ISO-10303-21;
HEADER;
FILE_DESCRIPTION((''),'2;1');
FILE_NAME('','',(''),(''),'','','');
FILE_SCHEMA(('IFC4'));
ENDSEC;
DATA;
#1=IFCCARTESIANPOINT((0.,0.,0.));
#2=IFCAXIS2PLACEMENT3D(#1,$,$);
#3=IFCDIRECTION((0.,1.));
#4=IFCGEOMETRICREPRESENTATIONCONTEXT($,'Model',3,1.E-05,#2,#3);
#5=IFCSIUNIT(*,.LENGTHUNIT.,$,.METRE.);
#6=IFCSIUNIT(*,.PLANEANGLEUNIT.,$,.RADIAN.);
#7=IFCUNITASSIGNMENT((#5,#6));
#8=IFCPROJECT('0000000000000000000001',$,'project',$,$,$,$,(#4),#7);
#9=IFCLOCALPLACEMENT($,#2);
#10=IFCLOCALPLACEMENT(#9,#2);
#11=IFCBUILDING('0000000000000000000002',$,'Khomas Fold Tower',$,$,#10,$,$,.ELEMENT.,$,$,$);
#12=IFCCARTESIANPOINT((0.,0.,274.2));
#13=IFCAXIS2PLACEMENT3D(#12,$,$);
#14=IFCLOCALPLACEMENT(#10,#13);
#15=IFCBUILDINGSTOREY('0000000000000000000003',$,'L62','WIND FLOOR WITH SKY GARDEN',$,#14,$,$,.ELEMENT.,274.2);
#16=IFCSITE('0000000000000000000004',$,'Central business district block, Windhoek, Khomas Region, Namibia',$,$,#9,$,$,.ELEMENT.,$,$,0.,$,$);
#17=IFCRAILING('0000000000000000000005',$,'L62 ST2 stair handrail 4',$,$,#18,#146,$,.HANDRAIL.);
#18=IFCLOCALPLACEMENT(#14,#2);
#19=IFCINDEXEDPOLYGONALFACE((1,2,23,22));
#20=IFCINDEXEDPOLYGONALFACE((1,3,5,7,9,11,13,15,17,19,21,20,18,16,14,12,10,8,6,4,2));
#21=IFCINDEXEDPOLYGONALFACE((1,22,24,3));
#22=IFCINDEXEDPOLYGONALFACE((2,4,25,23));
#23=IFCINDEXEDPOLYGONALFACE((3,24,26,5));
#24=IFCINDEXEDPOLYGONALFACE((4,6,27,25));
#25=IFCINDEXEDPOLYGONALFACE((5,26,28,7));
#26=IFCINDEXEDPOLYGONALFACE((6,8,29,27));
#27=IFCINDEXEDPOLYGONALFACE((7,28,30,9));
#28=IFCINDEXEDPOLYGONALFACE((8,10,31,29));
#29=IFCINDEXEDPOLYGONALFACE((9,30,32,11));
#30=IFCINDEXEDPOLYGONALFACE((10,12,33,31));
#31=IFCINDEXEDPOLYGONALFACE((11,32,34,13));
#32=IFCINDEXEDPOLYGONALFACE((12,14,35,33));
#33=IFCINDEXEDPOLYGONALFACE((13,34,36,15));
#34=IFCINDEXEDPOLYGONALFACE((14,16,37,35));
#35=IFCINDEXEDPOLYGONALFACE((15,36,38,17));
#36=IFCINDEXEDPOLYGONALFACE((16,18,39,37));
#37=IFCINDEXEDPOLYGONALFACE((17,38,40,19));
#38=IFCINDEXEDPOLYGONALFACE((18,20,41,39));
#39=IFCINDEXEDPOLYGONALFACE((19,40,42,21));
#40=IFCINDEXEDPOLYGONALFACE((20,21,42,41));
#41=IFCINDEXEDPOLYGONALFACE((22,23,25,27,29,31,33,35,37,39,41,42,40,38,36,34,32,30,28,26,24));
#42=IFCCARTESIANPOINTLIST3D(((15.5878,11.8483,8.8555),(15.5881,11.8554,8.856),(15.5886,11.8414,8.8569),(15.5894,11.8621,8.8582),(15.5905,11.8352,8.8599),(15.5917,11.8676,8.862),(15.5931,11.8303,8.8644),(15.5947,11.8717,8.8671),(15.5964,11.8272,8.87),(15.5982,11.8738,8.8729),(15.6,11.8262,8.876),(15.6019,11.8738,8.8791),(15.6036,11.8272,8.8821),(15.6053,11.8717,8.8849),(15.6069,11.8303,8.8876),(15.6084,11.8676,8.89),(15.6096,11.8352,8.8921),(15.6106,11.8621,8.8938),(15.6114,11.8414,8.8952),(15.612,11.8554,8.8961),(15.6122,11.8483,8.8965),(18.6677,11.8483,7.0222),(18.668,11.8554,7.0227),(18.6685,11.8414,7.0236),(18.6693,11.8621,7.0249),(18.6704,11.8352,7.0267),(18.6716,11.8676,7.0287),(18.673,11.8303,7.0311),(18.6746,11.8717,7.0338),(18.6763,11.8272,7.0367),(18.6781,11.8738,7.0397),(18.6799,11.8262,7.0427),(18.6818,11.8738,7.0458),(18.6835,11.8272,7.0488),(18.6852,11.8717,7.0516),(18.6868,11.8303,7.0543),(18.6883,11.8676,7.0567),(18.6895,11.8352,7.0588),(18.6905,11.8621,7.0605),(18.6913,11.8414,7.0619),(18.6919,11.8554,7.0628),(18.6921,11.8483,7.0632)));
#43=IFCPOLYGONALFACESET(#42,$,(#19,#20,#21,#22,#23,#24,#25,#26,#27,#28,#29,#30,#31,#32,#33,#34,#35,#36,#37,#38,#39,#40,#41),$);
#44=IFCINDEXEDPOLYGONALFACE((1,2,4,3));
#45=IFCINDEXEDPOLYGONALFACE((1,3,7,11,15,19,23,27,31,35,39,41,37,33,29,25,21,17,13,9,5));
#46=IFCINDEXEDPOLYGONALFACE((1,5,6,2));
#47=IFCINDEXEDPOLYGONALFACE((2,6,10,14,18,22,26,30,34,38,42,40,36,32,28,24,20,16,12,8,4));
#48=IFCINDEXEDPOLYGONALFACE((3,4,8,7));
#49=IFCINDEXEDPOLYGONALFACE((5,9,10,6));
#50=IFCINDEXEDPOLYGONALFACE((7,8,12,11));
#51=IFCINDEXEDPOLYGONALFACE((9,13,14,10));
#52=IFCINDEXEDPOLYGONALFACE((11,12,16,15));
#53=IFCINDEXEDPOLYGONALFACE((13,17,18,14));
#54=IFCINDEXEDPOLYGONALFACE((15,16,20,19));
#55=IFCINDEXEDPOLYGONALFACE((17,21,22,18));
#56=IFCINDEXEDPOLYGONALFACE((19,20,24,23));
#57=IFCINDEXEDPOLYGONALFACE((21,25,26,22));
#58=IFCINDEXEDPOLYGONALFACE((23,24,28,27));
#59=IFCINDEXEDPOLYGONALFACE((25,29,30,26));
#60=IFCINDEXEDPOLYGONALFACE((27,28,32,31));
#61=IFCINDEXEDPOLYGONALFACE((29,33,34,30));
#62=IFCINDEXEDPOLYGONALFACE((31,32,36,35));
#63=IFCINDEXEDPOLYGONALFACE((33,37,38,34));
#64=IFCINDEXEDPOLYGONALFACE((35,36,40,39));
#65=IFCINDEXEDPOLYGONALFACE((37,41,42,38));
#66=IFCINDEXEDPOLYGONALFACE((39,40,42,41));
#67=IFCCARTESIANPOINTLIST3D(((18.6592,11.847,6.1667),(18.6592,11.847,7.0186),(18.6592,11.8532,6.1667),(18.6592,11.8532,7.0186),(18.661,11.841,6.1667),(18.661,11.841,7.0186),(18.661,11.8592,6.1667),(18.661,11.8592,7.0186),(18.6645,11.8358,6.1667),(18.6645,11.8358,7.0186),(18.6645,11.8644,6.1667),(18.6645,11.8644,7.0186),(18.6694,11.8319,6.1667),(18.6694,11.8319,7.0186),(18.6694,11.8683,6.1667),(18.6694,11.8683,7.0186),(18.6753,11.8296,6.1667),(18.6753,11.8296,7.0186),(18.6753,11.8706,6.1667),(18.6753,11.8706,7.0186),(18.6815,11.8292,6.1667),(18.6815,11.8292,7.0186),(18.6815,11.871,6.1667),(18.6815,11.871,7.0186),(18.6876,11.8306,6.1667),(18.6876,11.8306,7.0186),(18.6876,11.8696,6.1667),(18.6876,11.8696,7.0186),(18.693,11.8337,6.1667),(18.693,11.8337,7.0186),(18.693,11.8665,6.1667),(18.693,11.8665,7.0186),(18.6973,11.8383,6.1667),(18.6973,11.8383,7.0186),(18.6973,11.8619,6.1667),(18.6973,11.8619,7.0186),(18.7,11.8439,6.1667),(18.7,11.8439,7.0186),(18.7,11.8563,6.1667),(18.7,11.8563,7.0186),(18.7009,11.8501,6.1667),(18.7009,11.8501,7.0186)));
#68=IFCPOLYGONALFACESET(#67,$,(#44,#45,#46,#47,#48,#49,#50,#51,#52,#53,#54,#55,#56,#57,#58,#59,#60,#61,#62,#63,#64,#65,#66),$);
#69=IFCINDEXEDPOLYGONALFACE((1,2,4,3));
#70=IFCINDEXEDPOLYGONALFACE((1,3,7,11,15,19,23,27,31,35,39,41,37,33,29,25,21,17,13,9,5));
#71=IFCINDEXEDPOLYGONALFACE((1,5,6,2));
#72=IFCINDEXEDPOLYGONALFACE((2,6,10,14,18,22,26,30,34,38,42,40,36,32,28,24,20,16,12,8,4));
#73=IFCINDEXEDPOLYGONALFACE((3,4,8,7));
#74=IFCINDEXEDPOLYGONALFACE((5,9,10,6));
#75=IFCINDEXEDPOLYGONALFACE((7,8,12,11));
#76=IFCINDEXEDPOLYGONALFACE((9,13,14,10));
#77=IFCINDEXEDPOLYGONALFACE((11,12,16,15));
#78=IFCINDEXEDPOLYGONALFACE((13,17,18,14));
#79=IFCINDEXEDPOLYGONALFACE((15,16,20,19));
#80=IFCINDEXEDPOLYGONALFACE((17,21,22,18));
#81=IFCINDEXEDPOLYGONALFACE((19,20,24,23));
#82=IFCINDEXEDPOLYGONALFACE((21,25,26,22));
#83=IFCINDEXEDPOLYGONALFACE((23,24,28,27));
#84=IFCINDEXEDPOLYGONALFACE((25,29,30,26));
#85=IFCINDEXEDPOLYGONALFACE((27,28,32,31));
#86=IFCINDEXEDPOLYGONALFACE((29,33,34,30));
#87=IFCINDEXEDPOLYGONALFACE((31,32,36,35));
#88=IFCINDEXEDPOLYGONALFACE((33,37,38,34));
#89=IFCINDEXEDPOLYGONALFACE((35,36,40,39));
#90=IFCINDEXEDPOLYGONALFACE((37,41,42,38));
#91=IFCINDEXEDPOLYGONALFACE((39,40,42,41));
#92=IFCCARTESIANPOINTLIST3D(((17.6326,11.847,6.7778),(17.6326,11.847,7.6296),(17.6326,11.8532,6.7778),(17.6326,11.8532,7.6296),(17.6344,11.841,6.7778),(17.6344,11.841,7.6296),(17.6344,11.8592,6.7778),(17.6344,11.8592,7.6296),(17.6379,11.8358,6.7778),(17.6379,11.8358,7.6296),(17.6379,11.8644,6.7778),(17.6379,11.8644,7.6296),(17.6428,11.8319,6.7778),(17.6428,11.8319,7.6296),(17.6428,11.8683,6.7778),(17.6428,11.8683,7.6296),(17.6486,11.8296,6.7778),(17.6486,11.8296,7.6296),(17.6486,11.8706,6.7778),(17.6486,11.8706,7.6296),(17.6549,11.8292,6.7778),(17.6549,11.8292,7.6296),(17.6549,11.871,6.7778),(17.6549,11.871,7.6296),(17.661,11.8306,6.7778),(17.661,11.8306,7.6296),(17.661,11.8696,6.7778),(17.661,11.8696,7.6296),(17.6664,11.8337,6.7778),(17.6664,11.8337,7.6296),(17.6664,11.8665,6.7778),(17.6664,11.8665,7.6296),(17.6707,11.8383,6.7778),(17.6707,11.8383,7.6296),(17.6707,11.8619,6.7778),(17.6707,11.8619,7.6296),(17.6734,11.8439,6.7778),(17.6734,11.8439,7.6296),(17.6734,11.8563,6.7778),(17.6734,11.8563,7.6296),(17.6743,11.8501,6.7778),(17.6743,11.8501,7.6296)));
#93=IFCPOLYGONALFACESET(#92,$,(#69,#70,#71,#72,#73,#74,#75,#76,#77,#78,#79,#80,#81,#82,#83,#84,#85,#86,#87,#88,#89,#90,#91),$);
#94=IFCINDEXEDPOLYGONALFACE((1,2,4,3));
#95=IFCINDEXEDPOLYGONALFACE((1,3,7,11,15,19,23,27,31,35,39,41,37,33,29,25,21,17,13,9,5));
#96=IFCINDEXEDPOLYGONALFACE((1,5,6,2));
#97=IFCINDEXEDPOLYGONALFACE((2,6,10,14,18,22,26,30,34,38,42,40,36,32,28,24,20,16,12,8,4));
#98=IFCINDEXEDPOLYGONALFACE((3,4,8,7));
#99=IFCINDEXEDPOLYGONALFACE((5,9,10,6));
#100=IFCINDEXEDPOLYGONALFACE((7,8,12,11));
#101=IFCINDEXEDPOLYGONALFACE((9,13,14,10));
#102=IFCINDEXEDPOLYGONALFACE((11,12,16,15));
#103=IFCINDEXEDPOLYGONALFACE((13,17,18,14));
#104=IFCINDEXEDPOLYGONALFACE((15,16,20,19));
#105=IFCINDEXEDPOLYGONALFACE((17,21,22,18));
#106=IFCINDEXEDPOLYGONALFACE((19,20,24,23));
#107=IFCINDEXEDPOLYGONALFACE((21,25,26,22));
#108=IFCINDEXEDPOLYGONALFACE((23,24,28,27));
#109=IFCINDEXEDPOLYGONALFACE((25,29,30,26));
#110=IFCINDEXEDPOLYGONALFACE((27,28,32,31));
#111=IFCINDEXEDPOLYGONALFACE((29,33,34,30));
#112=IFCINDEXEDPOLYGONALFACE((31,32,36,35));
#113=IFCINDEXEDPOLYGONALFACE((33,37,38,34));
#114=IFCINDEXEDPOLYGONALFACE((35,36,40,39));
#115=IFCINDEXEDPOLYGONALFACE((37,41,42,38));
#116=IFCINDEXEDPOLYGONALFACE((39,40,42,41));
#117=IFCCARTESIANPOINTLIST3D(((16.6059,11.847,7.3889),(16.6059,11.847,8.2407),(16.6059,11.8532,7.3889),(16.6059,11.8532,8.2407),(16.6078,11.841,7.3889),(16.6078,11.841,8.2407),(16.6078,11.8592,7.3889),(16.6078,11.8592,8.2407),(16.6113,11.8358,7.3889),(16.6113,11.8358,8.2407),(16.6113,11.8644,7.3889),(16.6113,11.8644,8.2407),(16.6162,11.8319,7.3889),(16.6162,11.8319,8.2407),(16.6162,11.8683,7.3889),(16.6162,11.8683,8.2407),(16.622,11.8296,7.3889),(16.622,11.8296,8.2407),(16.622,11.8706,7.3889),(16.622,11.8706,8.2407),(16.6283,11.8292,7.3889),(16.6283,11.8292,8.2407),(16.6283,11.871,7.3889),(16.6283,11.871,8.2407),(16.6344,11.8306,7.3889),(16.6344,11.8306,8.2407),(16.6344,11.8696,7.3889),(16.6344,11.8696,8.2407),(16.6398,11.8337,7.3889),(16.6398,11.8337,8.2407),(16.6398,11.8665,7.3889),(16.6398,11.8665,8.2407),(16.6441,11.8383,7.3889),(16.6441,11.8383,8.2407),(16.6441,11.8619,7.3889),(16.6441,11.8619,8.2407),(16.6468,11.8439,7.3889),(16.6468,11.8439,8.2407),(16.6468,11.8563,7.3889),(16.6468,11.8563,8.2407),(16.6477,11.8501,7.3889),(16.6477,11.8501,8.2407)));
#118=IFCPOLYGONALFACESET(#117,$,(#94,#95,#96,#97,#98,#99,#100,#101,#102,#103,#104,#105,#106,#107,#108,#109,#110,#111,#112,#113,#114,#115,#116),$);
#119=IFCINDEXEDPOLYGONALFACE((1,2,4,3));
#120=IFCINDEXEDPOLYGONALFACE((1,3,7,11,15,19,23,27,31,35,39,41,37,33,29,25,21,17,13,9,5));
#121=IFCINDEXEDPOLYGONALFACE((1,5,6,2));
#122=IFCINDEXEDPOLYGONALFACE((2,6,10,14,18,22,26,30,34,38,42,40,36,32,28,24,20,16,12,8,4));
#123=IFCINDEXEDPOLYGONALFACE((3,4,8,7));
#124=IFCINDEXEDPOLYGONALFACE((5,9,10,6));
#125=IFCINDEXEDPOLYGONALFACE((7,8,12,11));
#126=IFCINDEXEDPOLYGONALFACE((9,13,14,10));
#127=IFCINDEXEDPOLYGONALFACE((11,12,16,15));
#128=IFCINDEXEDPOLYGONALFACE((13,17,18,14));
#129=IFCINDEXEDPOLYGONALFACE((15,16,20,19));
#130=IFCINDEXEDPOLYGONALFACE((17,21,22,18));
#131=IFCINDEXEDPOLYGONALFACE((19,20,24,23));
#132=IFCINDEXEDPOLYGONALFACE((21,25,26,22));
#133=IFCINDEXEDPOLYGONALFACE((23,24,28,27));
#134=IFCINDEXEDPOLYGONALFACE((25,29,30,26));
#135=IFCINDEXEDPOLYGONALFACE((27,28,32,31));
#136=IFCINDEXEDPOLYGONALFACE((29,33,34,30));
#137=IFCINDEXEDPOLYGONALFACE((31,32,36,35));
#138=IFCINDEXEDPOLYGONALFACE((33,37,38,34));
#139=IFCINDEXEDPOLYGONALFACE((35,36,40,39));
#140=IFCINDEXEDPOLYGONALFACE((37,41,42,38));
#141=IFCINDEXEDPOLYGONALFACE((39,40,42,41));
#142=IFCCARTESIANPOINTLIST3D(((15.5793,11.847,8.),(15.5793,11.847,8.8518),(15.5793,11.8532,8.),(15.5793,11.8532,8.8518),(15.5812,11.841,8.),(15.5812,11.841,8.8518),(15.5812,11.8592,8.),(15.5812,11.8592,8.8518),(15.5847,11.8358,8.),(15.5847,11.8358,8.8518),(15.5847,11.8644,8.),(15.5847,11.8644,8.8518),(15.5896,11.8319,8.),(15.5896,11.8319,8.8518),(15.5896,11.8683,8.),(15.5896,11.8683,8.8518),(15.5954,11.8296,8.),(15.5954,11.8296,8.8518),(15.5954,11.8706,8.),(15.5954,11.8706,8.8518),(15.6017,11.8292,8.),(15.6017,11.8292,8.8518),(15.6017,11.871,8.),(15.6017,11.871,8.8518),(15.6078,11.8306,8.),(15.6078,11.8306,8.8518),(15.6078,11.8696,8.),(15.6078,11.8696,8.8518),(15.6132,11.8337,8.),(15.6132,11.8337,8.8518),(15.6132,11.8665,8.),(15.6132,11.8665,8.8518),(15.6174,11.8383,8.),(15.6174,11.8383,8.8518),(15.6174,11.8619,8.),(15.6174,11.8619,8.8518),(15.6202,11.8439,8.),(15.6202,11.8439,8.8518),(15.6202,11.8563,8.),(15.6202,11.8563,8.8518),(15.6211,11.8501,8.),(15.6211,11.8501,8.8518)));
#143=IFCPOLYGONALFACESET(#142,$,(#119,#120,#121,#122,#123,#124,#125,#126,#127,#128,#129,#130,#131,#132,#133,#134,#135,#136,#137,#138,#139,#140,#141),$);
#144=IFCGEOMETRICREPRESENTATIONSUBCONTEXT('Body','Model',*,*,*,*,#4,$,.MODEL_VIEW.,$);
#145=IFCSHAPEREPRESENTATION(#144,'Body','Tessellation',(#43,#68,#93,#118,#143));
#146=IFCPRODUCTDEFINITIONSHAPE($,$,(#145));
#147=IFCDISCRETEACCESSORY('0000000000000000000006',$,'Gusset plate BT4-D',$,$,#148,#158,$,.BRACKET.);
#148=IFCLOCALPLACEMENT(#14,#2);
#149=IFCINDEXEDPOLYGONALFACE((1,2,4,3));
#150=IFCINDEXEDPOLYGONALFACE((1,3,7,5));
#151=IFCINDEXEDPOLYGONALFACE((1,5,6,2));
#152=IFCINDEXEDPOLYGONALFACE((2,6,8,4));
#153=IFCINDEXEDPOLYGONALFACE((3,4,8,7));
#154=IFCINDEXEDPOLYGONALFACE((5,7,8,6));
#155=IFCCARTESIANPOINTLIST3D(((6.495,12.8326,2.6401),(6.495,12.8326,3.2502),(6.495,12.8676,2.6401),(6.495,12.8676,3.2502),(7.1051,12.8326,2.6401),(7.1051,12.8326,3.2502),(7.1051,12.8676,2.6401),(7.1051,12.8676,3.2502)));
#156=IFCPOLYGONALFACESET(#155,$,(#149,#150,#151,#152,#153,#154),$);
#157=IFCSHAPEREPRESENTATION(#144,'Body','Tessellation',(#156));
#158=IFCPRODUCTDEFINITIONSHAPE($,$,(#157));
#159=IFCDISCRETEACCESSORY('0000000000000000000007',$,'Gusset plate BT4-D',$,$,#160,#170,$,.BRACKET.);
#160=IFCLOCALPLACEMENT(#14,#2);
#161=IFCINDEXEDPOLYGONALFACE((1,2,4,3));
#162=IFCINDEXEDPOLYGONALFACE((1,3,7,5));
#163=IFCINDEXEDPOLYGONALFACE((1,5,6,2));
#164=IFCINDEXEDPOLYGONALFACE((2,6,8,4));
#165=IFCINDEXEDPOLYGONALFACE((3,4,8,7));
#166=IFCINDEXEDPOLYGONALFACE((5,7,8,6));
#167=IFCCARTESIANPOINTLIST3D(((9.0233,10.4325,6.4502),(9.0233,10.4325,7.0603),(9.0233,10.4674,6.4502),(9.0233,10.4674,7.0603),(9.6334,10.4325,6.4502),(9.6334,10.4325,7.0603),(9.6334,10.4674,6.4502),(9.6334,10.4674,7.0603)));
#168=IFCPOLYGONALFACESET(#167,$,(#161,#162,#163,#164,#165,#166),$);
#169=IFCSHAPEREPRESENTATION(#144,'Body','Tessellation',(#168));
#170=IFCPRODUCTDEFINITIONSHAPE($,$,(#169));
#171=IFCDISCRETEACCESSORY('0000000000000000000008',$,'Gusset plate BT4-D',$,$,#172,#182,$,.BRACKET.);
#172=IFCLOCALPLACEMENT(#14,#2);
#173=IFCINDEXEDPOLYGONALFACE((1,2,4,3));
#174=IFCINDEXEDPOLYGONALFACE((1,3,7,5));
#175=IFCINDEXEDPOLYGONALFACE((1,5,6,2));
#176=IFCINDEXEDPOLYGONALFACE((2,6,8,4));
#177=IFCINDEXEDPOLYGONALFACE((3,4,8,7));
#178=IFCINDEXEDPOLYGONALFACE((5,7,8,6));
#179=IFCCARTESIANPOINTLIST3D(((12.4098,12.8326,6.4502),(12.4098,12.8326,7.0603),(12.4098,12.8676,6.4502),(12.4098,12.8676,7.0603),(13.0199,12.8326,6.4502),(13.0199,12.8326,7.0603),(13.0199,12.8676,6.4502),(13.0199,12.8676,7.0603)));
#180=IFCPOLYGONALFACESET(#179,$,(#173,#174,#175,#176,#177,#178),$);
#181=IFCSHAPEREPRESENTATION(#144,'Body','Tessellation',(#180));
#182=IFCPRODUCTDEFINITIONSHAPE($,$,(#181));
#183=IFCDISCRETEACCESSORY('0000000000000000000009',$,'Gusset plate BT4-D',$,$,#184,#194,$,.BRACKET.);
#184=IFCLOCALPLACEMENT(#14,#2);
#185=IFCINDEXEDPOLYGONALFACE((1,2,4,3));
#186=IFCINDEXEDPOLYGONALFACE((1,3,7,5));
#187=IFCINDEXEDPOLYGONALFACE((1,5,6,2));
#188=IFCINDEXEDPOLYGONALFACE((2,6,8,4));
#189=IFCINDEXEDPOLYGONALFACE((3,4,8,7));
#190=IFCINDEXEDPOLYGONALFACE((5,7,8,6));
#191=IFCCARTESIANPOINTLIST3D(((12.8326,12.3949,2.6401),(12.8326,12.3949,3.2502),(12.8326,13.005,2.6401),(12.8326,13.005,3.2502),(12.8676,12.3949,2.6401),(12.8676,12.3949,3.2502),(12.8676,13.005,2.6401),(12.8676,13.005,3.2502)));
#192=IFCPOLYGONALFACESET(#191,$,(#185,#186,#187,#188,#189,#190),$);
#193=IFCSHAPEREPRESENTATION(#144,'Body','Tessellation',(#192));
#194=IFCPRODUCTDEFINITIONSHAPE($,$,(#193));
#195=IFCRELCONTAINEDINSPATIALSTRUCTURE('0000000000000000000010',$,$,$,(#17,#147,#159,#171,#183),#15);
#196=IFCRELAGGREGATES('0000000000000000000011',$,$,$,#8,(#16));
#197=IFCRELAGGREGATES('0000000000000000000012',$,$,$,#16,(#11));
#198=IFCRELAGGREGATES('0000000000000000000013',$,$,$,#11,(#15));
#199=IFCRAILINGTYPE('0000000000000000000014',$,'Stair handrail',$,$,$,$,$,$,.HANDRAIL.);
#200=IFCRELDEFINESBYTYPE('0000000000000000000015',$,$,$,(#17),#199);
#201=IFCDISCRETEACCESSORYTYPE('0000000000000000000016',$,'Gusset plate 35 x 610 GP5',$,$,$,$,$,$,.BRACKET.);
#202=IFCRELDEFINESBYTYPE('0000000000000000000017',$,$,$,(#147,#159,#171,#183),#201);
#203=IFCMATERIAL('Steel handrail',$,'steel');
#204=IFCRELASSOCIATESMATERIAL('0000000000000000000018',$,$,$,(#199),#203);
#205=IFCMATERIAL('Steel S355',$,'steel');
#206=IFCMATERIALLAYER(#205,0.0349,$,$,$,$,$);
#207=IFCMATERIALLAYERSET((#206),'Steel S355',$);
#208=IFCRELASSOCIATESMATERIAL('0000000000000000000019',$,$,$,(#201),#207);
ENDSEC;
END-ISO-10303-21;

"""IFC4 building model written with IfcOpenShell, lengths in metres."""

from ifc_helpers import new_model, si_unit, direction, frame, origin, origin_2d, place, context, subcontext, project, spatial, rectangle, circle, extrude, source, transform, mapped, material, layer, layer_set, type_object, element, save


model = new_model("IFC4")

# Units and contexts
model_context = context("Model", 3, precision=1e-05, world=origin(), true_north=direction((0.0, 1.0)))
body_context = subcontext(model_context, "Body", "Model", "MODEL_VIEW")
ifc_project = project(units=[si_unit("LENGTHUNIT", "METRE"), si_unit("PLANEANGLEUNIT", "RADIAN")], contexts=[model_context])

# Site, building, storey
site_placement = place(None, origin())
site = spatial("IfcSite", under=ifc_project, at=site_placement, Name="Central business district block, Windhoek, Khomas Region, Namibia", CompositionType="ELEMENT", RefElevation=0.0)
building_placement = place(site_placement, origin())
building = spatial("IfcBuilding", under=site, at=building_placement, Name="Khomas Fold Tower", CompositionType="ELEMENT")
storey_placement = place(building_placement, frame((0.0, 0.0, 274.2)))
storey = spatial("IfcBuildingStorey", under=building, at=storey_placement, Name="L62", Description="WIND FLOOR WITH SKY GARDEN", CompositionType="ELEMENT", Elevation=274.2)

# Railing
ifc_material_1 = material(Name="Steel handrail", Category="steel")
railing_type_1 = type_object("IfcRailingType", Name="Stair handrail", PredefinedType="HANDRAIL", material=ifc_material_1)
shared_shape_1 = source(origin(), body_context, "Body", "SweptSolid", [
    extrude(circle(Radius=0.0239, at=origin_2d()), frame((0.0, 0.0, 0.876), z_axis=(-0.859291, 0.0, 0.511487), x_axis=(0.0, -1.0, 0.0)), (0.0, 0.0, 1.0), 3.5842),
    extrude(circle(Radius=0.021, at=origin_2d()), origin(), (0.0, 0.0, 1.0), 0.8518),
    extrude(circle(Radius=0.021, at=origin_2d()), frame((-1.0266, 0.0, 0.6111)), (0.0, 0.0, 1.0), 0.8518),
    extrude(circle(Radius=0.021, at=origin_2d()), frame((-2.0532, 0.0, 1.2222)), (0.0, 0.0, 1.0), 0.8518),
    extrude(circle(Radius=0.021, at=origin_2d()), frame((-3.0798, 0.0, 1.8333)), (0.0, 0.0, 1.0), 0.8518),
])
for number, where, name in (
    (1, (18.6799, 11.8501, 6.1667), "L62 ST2 stair handrail 4"),
):
    element("IfcRailing", number, at=place(storey_placement, frame(where)), inside=storey, type_object=railing_type_1, Name=name, PredefinedType="HANDRAIL", context=body_context, shape_type="MappedRepresentation", body=[
        mapped(shared_shape_1, transform((0.0, 0.0, 0.0))),
    ])

# Discrete accessories
ifc_material_2 = material(Name="Steel S355", Category="steel")
ifc_layer_1 = layer(ifc_material_2, 0.0349)
ifc_layer_set_1 = layer_set([ifc_layer_1], Name="Steel S355")
discrete_accessory_type = type_object("IfcDiscreteAccessoryType", Name="Gusset plate 35 x 610 GP5", PredefinedType="BRACKET", material=ifc_layer_set_1)
shared_shape_2 = source(origin(), body_context, "Body", "SweptSolid", [
    extrude(rectangle(XDim=0.6101, YDim=0.0349, at=origin_2d()), origin(), (0.0, 0.0, 1.0), 0.6101),
])
for number, where, z_axis, x_axis, name in (
    (2, (6.8, 12.8501, 2.6401), (0.0, 0.0, 1.0), (1.0, 0.0, 0.0), "Gusset plate BT4-D"),
    (3, (9.3284, 10.45, 6.4502), (0.0, 0.0, 1.0), (1.0, 0.0, 0.0), "Gusset plate BT4-D"),
    (4, (12.7148, 12.8501, 6.4502), (0.0, 0.0, 1.0), (1.0, 0.0, 0.0), "Gusset plate BT4-D"),
    (5, (12.8501, 12.7, 2.6401), (0.0, 0.0, 1.0), (0.0, 1.0, 0.0), "Gusset plate BT4-D"),
):
    element("IfcDiscreteAccessory", number, at=place(storey_placement, frame(where, z_axis=z_axis, x_axis=x_axis)), inside=storey, type_object=discrete_accessory_type, Name=name, PredefinedType="BRACKET", context=body_context, shape_type="MappedRepresentation", body=[
        mapped(shared_shape_2, transform((0.0, 0.0, 0.0))),
    ])

save(model, "model.ifc")
